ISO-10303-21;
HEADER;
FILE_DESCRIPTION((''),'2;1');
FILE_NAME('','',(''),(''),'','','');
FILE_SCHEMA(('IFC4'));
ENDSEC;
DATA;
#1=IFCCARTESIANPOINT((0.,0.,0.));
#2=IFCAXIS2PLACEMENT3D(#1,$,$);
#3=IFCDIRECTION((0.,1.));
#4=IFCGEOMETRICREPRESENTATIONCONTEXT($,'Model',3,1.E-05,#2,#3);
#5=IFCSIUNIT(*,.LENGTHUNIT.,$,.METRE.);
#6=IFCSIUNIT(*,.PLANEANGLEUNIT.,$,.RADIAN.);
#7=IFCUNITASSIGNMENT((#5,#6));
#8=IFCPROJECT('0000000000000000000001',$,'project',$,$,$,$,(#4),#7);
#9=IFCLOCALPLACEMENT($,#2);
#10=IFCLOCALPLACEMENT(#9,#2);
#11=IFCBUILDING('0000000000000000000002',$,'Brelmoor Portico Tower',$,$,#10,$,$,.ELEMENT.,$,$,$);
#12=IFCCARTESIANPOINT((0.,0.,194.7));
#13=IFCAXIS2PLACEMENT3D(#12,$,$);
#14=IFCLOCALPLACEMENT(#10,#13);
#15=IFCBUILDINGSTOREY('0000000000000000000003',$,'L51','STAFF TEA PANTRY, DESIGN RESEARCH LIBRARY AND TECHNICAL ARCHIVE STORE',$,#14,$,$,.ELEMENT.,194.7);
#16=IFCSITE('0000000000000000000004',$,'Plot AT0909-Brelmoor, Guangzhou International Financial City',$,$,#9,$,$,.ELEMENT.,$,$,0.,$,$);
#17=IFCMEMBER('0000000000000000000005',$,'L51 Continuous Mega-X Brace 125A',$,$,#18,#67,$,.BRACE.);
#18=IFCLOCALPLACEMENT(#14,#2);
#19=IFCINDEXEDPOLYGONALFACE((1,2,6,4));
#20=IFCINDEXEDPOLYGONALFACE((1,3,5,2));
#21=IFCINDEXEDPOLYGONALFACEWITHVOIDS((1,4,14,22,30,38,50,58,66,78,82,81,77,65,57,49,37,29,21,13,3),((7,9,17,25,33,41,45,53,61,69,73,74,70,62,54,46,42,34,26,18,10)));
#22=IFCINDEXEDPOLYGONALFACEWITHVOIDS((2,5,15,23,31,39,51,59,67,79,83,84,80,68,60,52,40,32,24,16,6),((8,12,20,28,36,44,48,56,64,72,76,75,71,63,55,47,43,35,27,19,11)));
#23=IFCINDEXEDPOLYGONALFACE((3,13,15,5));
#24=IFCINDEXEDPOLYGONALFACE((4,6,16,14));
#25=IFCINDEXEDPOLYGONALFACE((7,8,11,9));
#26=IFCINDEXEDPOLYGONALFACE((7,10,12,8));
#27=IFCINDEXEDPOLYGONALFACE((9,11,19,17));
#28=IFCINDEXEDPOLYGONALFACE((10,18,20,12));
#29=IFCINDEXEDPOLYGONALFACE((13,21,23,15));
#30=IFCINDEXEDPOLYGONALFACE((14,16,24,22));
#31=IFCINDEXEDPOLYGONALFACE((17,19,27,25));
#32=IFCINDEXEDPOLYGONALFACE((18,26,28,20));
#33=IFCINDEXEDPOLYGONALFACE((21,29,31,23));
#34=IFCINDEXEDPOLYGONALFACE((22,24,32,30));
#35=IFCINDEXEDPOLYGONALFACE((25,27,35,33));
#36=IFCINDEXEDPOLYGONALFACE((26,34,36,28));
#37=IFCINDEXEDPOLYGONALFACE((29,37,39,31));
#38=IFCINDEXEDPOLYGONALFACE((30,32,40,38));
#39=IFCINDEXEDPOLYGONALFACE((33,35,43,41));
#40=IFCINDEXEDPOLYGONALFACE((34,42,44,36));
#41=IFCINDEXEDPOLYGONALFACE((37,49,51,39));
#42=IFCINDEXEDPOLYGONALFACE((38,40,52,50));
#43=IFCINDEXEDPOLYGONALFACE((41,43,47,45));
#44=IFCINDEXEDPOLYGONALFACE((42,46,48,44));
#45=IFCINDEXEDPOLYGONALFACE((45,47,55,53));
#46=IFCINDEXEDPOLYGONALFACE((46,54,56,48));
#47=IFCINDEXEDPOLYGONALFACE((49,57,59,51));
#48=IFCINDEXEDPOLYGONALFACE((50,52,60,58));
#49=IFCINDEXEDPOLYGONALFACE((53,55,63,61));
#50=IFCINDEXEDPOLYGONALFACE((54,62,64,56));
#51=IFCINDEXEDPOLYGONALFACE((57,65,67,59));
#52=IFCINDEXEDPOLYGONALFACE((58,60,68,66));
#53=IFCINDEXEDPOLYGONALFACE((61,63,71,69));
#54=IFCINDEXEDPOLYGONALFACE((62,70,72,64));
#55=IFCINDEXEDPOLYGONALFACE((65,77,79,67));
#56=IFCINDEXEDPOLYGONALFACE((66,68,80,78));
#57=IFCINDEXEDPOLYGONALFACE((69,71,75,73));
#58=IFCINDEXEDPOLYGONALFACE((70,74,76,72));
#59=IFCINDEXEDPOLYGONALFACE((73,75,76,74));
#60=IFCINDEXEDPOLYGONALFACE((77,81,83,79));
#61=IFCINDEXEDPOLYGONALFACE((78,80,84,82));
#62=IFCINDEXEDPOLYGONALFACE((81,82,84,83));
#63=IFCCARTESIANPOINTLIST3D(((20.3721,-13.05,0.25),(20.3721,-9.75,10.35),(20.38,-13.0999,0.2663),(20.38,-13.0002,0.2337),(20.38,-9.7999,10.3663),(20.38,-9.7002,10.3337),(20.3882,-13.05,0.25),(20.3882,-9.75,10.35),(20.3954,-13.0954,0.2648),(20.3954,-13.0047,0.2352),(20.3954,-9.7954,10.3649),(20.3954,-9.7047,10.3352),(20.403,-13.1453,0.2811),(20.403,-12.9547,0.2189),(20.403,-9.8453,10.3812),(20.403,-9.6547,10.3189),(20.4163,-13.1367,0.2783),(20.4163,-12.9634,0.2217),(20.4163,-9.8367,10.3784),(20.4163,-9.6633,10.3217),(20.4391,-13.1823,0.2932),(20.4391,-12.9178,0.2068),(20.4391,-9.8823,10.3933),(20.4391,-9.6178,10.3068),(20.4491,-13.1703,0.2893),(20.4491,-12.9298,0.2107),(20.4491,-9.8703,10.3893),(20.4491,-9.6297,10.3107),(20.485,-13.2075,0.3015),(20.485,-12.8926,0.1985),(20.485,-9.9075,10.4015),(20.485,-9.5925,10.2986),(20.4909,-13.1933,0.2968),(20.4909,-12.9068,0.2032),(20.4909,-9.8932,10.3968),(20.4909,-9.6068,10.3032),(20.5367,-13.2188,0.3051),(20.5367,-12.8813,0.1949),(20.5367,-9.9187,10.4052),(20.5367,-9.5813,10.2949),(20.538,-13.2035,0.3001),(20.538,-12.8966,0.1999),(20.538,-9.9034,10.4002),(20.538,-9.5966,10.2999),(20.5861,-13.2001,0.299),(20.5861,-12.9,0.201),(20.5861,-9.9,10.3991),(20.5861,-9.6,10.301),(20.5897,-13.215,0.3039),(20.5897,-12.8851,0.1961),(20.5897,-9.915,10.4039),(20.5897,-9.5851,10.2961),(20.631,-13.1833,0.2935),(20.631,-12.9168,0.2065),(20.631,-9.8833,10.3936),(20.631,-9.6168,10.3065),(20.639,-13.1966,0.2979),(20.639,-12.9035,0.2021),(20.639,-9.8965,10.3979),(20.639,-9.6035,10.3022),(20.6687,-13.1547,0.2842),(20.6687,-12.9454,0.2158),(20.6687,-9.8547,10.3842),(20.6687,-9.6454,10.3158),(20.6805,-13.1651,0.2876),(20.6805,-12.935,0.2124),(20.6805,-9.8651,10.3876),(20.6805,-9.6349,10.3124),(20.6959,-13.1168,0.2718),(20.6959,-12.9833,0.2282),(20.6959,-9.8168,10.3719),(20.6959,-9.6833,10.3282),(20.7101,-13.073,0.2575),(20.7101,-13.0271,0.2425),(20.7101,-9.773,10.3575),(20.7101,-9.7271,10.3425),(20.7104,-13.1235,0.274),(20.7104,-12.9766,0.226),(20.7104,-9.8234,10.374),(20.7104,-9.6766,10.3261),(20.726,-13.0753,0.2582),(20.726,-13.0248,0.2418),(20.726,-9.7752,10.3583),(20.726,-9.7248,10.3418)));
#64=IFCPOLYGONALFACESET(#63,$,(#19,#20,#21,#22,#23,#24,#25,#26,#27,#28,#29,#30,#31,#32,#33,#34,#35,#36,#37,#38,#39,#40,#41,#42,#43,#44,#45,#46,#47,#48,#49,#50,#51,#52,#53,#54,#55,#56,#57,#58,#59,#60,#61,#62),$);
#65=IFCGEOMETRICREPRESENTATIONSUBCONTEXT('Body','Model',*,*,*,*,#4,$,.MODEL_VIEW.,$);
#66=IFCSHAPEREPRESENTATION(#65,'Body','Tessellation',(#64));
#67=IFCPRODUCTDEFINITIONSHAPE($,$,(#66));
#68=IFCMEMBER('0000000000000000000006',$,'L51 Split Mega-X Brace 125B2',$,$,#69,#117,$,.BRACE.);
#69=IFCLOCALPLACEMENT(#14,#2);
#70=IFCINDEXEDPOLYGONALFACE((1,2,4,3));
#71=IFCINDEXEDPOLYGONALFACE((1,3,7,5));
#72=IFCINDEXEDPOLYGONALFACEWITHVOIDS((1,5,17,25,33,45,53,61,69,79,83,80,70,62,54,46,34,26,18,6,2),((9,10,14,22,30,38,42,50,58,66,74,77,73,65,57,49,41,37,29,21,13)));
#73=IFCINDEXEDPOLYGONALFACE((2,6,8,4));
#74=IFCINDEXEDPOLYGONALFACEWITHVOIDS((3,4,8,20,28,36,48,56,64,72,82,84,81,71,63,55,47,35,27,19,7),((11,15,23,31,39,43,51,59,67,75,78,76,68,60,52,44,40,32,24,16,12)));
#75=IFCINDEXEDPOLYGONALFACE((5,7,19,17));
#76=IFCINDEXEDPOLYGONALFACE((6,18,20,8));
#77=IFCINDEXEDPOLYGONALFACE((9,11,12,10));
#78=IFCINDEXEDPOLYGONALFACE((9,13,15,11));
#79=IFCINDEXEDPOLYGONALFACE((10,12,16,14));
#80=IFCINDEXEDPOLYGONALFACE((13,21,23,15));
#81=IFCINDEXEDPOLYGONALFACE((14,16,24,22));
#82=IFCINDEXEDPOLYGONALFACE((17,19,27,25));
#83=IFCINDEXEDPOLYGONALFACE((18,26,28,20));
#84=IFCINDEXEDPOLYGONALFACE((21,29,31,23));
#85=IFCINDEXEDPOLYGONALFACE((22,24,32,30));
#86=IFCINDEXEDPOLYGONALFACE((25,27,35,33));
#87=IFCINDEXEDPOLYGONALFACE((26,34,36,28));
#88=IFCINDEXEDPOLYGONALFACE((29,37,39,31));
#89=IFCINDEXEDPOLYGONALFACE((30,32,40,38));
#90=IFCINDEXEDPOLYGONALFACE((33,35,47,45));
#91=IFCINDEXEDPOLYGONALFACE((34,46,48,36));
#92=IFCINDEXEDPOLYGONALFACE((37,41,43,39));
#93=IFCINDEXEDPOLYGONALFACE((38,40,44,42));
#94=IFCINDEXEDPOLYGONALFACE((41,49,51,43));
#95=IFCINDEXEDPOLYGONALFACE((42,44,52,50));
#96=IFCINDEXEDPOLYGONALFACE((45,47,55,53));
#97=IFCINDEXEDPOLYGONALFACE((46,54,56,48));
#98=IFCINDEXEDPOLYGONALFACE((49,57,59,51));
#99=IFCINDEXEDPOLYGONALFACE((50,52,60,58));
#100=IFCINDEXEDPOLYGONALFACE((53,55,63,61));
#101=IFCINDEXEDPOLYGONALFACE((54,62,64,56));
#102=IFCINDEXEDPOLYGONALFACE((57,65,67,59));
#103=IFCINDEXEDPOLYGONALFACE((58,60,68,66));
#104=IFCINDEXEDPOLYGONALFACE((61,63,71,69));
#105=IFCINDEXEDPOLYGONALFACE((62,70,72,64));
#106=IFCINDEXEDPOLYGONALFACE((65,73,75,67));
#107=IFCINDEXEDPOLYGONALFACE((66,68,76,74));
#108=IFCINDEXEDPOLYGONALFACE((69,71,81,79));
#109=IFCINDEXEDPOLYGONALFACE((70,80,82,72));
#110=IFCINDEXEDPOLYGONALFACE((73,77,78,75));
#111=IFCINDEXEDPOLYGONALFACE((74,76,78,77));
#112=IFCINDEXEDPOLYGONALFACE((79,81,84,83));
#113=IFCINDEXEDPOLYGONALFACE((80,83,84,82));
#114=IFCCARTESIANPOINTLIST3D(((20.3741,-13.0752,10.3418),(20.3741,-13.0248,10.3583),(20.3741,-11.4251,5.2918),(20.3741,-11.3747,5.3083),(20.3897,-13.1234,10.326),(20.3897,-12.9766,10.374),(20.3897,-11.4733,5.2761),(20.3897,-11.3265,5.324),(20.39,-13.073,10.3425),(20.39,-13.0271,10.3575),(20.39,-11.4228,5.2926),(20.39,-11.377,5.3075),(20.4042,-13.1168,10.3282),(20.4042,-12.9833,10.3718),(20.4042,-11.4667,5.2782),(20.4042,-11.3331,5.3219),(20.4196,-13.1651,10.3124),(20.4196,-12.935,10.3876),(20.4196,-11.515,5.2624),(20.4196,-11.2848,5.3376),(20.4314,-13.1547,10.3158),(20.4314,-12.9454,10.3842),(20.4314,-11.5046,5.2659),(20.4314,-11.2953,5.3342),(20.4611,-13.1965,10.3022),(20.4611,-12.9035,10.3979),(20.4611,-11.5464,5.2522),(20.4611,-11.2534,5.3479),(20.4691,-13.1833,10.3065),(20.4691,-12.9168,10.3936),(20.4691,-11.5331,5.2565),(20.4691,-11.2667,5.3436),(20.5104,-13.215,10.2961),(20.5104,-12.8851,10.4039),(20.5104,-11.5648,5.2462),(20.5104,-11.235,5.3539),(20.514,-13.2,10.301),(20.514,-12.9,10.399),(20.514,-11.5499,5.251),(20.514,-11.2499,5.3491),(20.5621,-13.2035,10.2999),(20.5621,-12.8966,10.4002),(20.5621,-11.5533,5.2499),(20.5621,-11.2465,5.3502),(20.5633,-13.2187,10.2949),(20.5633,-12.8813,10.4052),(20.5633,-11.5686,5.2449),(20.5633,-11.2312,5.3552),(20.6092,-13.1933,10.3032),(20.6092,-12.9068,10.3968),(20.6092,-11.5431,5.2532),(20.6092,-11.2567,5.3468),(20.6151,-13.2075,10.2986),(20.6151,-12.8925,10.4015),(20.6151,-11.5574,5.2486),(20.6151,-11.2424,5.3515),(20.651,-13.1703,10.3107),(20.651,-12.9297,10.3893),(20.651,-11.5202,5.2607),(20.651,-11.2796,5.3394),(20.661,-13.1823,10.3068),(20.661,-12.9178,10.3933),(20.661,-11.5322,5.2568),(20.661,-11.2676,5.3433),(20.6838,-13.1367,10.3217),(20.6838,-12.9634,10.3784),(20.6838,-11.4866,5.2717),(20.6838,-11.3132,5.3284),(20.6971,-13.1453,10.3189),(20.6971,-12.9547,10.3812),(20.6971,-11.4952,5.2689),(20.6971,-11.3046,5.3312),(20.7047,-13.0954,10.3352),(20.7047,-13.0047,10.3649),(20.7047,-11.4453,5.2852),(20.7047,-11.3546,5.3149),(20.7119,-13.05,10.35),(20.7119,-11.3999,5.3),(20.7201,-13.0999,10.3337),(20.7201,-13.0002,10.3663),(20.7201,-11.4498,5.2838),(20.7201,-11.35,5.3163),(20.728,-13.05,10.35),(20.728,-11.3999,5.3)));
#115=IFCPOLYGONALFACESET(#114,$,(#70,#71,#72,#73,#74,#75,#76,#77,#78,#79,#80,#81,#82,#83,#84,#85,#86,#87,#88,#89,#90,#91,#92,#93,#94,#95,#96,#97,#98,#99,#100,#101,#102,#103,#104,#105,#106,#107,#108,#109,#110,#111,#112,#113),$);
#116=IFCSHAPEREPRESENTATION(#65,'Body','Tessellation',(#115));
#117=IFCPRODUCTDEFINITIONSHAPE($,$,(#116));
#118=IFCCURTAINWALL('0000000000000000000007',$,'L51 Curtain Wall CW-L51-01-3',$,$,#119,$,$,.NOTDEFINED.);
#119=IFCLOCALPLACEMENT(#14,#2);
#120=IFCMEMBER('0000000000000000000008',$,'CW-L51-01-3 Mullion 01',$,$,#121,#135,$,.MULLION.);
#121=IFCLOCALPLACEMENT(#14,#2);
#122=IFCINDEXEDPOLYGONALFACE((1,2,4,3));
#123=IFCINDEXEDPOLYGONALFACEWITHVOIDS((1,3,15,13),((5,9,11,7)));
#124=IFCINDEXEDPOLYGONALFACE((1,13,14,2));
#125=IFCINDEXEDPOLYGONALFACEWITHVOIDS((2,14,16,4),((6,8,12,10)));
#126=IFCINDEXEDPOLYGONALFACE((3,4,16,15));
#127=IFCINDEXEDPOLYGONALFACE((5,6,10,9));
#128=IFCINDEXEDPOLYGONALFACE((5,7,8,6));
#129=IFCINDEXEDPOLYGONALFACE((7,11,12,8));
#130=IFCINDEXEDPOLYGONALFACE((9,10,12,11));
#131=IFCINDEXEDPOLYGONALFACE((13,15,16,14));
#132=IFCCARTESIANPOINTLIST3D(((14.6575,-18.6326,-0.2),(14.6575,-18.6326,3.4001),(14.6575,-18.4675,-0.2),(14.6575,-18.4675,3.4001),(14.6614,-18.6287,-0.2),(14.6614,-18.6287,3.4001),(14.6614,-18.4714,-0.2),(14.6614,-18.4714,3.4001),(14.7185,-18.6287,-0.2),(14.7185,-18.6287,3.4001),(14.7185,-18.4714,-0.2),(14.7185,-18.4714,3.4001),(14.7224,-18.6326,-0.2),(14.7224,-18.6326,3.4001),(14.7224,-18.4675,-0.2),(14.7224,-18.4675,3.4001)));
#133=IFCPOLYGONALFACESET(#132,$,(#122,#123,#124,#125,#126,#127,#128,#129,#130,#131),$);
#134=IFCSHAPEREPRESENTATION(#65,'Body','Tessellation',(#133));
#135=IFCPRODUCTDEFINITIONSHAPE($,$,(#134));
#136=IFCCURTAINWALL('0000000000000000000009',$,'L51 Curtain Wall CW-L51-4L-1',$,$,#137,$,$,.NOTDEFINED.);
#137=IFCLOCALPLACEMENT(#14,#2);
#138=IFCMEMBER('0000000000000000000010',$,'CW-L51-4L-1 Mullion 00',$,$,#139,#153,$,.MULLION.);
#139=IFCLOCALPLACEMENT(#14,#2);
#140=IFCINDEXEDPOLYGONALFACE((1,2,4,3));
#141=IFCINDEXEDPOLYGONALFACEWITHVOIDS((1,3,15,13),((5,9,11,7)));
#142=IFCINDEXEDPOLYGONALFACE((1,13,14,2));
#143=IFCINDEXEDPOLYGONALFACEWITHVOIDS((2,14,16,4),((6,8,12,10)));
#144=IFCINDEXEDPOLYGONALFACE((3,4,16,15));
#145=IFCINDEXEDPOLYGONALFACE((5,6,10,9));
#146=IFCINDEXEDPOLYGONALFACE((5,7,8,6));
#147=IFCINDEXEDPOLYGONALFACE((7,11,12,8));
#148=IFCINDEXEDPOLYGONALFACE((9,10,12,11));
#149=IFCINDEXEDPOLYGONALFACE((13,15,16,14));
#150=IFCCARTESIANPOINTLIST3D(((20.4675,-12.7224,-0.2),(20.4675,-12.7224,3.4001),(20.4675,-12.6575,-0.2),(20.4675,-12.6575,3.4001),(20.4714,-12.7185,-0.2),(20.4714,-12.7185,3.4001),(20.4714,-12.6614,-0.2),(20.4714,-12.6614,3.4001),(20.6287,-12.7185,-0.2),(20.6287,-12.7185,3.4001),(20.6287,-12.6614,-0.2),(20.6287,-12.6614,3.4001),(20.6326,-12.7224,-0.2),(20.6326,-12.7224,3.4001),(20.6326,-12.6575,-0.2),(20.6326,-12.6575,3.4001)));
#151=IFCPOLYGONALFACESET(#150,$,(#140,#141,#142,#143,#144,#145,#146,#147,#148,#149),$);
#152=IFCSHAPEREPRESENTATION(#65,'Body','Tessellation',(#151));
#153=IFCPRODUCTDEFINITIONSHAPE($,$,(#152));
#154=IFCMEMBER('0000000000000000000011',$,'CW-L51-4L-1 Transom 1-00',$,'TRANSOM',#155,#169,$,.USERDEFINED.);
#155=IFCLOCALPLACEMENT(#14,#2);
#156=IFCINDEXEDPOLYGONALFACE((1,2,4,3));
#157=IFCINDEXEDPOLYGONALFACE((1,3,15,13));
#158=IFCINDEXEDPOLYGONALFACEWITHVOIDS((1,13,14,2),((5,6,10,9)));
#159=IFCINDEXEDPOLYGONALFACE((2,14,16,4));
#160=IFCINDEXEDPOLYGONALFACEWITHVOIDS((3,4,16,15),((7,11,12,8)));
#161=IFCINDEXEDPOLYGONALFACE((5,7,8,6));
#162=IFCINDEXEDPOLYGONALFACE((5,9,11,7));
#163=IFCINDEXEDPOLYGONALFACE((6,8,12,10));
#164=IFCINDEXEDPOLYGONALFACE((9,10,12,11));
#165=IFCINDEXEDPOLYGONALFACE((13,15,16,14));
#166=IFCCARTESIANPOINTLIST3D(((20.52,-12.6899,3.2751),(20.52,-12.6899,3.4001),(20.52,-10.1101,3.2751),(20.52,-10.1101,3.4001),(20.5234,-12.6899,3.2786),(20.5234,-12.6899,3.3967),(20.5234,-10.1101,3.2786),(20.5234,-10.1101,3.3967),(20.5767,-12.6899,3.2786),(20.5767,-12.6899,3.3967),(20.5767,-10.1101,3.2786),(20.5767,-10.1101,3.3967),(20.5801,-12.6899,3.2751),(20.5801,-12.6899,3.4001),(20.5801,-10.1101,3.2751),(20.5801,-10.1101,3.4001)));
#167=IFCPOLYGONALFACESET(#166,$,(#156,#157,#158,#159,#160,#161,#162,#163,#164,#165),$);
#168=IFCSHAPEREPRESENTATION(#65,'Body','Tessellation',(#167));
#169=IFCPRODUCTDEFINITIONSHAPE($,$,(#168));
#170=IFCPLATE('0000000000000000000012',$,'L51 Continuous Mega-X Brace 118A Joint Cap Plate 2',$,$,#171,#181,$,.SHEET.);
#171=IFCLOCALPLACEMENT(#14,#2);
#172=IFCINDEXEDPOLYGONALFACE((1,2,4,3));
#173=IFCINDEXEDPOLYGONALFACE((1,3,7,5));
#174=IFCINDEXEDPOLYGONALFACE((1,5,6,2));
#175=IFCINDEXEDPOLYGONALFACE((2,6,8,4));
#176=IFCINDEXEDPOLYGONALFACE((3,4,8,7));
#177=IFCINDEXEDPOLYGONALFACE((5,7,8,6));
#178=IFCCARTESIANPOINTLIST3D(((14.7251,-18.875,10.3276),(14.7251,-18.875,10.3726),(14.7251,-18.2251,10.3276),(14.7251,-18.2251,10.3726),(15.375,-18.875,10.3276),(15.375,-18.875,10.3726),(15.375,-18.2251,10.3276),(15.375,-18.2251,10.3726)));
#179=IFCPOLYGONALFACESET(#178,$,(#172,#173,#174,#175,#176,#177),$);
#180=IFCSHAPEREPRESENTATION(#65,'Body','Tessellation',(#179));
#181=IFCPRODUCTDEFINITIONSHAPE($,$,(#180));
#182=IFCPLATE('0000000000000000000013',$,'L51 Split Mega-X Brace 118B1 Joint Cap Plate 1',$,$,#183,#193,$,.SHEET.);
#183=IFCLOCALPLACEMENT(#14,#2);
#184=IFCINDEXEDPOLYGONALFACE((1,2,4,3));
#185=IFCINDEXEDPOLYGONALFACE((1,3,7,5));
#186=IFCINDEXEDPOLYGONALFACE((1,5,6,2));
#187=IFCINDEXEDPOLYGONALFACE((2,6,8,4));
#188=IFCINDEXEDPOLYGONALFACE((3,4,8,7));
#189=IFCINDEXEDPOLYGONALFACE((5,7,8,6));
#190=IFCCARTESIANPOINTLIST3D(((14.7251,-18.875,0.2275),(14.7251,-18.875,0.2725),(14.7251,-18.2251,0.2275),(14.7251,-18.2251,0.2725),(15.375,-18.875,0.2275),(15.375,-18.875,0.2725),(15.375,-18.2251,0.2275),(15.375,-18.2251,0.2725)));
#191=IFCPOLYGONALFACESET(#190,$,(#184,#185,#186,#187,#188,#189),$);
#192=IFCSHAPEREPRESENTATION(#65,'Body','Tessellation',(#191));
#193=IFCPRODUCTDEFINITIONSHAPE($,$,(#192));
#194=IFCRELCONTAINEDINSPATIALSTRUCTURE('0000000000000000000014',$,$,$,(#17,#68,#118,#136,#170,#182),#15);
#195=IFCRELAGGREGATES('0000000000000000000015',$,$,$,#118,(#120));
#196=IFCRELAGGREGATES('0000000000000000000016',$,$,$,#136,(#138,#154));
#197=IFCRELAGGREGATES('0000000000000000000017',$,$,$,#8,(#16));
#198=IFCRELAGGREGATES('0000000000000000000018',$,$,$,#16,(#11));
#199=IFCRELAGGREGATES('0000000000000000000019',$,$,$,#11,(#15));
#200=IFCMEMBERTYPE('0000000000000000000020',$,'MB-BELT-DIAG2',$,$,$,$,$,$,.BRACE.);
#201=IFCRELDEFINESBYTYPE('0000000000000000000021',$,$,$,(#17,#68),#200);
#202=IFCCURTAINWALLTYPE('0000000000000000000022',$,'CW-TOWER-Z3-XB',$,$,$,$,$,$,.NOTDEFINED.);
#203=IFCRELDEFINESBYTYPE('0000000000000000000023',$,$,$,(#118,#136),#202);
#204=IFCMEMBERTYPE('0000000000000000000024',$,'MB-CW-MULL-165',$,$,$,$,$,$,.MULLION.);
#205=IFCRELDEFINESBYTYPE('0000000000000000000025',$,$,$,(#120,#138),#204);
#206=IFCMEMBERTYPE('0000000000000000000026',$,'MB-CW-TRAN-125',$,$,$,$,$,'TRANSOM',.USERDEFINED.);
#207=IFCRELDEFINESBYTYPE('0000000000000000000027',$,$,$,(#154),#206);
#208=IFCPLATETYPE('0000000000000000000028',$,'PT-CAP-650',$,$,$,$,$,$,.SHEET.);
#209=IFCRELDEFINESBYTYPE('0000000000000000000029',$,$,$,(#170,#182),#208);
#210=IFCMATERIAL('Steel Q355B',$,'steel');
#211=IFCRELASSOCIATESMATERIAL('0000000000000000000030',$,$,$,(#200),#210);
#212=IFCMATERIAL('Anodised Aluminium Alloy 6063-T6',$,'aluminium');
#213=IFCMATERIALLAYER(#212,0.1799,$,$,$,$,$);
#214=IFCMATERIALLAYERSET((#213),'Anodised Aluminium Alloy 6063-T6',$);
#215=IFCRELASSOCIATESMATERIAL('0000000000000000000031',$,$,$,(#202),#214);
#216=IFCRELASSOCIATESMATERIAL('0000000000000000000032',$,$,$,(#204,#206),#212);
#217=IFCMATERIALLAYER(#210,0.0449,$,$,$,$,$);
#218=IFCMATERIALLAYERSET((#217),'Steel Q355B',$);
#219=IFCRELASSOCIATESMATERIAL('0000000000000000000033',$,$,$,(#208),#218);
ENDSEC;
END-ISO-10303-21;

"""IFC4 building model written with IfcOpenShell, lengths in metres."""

from ifc_helpers import new_model, si_unit, direction, frame, origin, origin_2d, place, context, subcontext, project, spatial, rectangle, hollow_rectangle, hollow_circle, extrude, material, layer, layer_set, material_profile, profile_set, type_object, element, aggregate, save


model = new_model("IFC4")

# Units and contexts
model_context = context("Model", 3, precision=1e-05, world=origin(), true_north=direction((0.0, 1.0)))
body_context = subcontext(model_context, "Body", "Model", "MODEL_VIEW")
ifc_project = project(units=[si_unit("LENGTHUNIT", "METRE"), si_unit("PLANEANGLEUNIT", "RADIAN")], contexts=[model_context])

# Site, building, storey
site_placement = place(None, origin())
site = spatial("IfcSite", under=ifc_project, at=site_placement, Name="Plot AT0909-Brelmoor, Guangzhou International Financial City", CompositionType="ELEMENT", RefElevation=0.0)
building_placement = place(site_placement, origin())
building = spatial("IfcBuilding", under=site, at=building_placement, Name="Brelmoor Portico Tower", CompositionType="ELEMENT")
storey_placement = place(building_placement, frame((0.0, 0.0, 194.7)))
storey = spatial("IfcBuildingStorey", under=building, at=storey_placement, Name="L51", Description="STAFF TEA PANTRY, DESIGN RESEARCH LIBRARY AND TECHNICAL ARCHIVE STORE", CompositionType="ELEMENT", Elevation=194.7)

# Shared definitions
ifc_material_1 = material(Name="Steel Q355B", Category="steel")

# Members
ifc_material_profile_1 = material_profile(ifc_material_1, hollow_circle(Radius=0.178, WallThickness=0.0161, at=origin_2d()), Name="CHS 356x16")
ifc_profile_set_1 = profile_set([ifc_material_profile_1], Name="Steel Q355B")
member_type_1 = type_object("IfcMemberType", Name="MB-BELT-DIAG2", PredefinedType="BRACE", material=ifc_profile_set_1)
member_1_placement = place(storey_placement, frame((20.55, -13.05, 0.25), z_axis=(0.0, 0.310577, 0.950548), x_axis=(-1.0, 0.0, 0.0)))
element("IfcMember", 1, at=member_1_placement, inside=storey, type_object=member_type_1, Name="L51 Continuous Mega-X Brace 125A", PredefinedType="BRACE", context=body_context, shape_type="SweptSolid", body=[
    extrude(hollow_circle(Radius=0.178, WallThickness=0.0161, at=origin_2d()), origin(), (0.0, 0.0, 1.0), 10.6255),
])
member_2_placement = place(storey_placement, frame((20.55, -11.3999, 5.3), z_axis=(0.0, -0.310598, 0.950542), x_axis=(1.0, 0.0, 0.0)))
element("IfcMember", 2, at=member_2_placement, inside=storey, type_object=member_type_1, Name="L51 Split Mega-X Brace 125B2", PredefinedType="BRACE", context=body_context, shape_type="SweptSolid", body=[
    extrude(hollow_circle(Radius=0.178, WallThickness=0.0161, at=origin_2d()), origin(), (0.0, 0.0, 1.0), 5.3127),
])

# Curtain wall, member
ifc_material_2 = material(Name="Anodised Aluminium Alloy 6063-T6", Category="aluminium")
ifc_layer_1 = layer(ifc_material_2, 0.1799)
ifc_layer_set_1 = layer_set([ifc_layer_1], Name="Anodised Aluminium Alloy 6063-T6")
curtain_wall_type = type_object("IfcCurtainWallType", Name="CW-TOWER-Z3-XB", PredefinedType="NOTDEFINED", material=ifc_layer_set_1)
curtain_wall_1_placement = place(storey_placement, origin())
curtain_wall_1 = element("IfcCurtainWall", 3, at=curtain_wall_1_placement, inside=storey, type_object=curtain_wall_type, Name="L51 Curtain Wall CW-L51-01-3", PredefinedType="NOTDEFINED")
ifc_material_profile_2 = material_profile(ifc_material_2, hollow_rectangle(XDim=0.0649, YDim=0.165, WallThickness=0.0039, at=origin_2d()), Name="ALU MULLION 65x165")
ifc_profile_set_2 = profile_set([ifc_material_profile_2], Name="Anodised Aluminium Alloy 6063-T6")
member_type_2 = type_object("IfcMemberType", Name="MB-CW-MULL-165", PredefinedType="MULLION", material=ifc_profile_set_2)
member_3_placement = place(storey_placement, frame((14.6899, -18.55, -0.2), z_axis=(0.0, 0.0, 1.0), x_axis=(1.0, 0.0, 0.0)))
member_3 = element("IfcMember", 4, at=member_3_placement, type_object=member_type_2, Name="CW-L51-01-3 Mullion 01", PredefinedType="MULLION", context=body_context, shape_type="SweptSolid", body=[
    extrude(hollow_rectangle(XDim=0.0649, YDim=0.165, WallThickness=0.0039, at=origin_2d()), origin(), (0.0, 0.0, 1.0), 3.6001),
])
aggregate(curtain_wall_1, [member_3])

# Curtain wall, members
curtain_wall_2_placement = place(storey_placement, origin())
curtain_wall_2 = element("IfcCurtainWall", 5, at=curtain_wall_2_placement, inside=storey, type_object=curtain_wall_type, Name="L51 Curtain Wall CW-L51-4L-1", PredefinedType="NOTDEFINED")
member_4_placement = place(storey_placement, frame((20.55, -12.6899, -0.2), z_axis=(0.0, 0.0, 1.0), x_axis=(0.0, 1.0, 0.0)))
member_4 = element("IfcMember", 6, at=member_4_placement, type_object=member_type_2, Name="CW-L51-4L-1 Mullion 00", PredefinedType="MULLION", context=body_context, shape_type="SweptSolid", body=[
    extrude(hollow_rectangle(XDim=0.0649, YDim=0.165, WallThickness=0.0039, at=origin_2d()), origin(), (0.0, 0.0, 1.0), 3.6001),
])
ifc_material_profile_3 = material_profile(ifc_material_2, hollow_rectangle(XDim=0.0601, YDim=0.125, WallThickness=0.0034, at=origin_2d()), Name="ALU TRANSOM 60x125")
ifc_profile_set_3 = profile_set([ifc_material_profile_3], Name="Anodised Aluminium Alloy 6063-T6")
member_type_3 = type_object("IfcMemberType", Name="MB-CW-TRAN-125", ElementType="TRANSOM", PredefinedType="USERDEFINED", material=ifc_profile_set_3)
member_5_placement = place(storey_placement, frame((20.55, -12.6899, 3.3376), z_axis=(0.0, 1.0, 0.0), x_axis=(-1.0, 0.0, 0.0)))
member_5 = element("IfcMember", 7, at=member_5_placement, type_object=member_type_3, Name="CW-L51-4L-1 Transom 1-00", ObjectType="TRANSOM", PredefinedType="USERDEFINED", context=body_context, shape_type="SweptSolid", body=[
    extrude(hollow_rectangle(XDim=0.0601, YDim=0.125, WallThickness=0.0034, at=origin_2d()), origin(), (0.0, 0.0, 1.0), 2.5798),
])

# Plates
ifc_layer_2 = layer(ifc_material_1, 0.0449)
ifc_layer_set_2 = layer_set([ifc_layer_2], Name="Steel Q355B")
plate_type_1 = type_object("IfcPlateType", Name="PT-CAP-650", PredefinedType="SHEET", material=ifc_layer_set_2)
for number, where, z_axis, x_axis, name in (
    (8, (15.05, -18.55, 10.3276), (0.0, 0.0, 1.0), (1.0, 0.0, 0.0), "L51 Continuous Mega-X Brace 118A Joint Cap Plate 2"),
    (9, (15.05, -18.55, 0.2275), (0.0, 0.0, 1.0), (1.0, 0.0, 0.0), "L51 Split Mega-X Brace 118B1 Joint Cap Plate 1"),
):
    element("IfcPlate", number, at=place(storey_placement, frame(where, z_axis=z_axis, x_axis=x_axis)), inside=storey, type_object=plate_type_1, Name=name, PredefinedType="SHEET", context=body_context, shape_type="SweptSolid", body=[
        extrude(rectangle(XDim=0.6499, YDim=0.6499, at=origin_2d()), origin(), (0.0, 0.0, 1.0), 0.0449),
    ])

aggregate(curtain_wall_2, [member_4, member_5])

save(model, "model.ifc")
